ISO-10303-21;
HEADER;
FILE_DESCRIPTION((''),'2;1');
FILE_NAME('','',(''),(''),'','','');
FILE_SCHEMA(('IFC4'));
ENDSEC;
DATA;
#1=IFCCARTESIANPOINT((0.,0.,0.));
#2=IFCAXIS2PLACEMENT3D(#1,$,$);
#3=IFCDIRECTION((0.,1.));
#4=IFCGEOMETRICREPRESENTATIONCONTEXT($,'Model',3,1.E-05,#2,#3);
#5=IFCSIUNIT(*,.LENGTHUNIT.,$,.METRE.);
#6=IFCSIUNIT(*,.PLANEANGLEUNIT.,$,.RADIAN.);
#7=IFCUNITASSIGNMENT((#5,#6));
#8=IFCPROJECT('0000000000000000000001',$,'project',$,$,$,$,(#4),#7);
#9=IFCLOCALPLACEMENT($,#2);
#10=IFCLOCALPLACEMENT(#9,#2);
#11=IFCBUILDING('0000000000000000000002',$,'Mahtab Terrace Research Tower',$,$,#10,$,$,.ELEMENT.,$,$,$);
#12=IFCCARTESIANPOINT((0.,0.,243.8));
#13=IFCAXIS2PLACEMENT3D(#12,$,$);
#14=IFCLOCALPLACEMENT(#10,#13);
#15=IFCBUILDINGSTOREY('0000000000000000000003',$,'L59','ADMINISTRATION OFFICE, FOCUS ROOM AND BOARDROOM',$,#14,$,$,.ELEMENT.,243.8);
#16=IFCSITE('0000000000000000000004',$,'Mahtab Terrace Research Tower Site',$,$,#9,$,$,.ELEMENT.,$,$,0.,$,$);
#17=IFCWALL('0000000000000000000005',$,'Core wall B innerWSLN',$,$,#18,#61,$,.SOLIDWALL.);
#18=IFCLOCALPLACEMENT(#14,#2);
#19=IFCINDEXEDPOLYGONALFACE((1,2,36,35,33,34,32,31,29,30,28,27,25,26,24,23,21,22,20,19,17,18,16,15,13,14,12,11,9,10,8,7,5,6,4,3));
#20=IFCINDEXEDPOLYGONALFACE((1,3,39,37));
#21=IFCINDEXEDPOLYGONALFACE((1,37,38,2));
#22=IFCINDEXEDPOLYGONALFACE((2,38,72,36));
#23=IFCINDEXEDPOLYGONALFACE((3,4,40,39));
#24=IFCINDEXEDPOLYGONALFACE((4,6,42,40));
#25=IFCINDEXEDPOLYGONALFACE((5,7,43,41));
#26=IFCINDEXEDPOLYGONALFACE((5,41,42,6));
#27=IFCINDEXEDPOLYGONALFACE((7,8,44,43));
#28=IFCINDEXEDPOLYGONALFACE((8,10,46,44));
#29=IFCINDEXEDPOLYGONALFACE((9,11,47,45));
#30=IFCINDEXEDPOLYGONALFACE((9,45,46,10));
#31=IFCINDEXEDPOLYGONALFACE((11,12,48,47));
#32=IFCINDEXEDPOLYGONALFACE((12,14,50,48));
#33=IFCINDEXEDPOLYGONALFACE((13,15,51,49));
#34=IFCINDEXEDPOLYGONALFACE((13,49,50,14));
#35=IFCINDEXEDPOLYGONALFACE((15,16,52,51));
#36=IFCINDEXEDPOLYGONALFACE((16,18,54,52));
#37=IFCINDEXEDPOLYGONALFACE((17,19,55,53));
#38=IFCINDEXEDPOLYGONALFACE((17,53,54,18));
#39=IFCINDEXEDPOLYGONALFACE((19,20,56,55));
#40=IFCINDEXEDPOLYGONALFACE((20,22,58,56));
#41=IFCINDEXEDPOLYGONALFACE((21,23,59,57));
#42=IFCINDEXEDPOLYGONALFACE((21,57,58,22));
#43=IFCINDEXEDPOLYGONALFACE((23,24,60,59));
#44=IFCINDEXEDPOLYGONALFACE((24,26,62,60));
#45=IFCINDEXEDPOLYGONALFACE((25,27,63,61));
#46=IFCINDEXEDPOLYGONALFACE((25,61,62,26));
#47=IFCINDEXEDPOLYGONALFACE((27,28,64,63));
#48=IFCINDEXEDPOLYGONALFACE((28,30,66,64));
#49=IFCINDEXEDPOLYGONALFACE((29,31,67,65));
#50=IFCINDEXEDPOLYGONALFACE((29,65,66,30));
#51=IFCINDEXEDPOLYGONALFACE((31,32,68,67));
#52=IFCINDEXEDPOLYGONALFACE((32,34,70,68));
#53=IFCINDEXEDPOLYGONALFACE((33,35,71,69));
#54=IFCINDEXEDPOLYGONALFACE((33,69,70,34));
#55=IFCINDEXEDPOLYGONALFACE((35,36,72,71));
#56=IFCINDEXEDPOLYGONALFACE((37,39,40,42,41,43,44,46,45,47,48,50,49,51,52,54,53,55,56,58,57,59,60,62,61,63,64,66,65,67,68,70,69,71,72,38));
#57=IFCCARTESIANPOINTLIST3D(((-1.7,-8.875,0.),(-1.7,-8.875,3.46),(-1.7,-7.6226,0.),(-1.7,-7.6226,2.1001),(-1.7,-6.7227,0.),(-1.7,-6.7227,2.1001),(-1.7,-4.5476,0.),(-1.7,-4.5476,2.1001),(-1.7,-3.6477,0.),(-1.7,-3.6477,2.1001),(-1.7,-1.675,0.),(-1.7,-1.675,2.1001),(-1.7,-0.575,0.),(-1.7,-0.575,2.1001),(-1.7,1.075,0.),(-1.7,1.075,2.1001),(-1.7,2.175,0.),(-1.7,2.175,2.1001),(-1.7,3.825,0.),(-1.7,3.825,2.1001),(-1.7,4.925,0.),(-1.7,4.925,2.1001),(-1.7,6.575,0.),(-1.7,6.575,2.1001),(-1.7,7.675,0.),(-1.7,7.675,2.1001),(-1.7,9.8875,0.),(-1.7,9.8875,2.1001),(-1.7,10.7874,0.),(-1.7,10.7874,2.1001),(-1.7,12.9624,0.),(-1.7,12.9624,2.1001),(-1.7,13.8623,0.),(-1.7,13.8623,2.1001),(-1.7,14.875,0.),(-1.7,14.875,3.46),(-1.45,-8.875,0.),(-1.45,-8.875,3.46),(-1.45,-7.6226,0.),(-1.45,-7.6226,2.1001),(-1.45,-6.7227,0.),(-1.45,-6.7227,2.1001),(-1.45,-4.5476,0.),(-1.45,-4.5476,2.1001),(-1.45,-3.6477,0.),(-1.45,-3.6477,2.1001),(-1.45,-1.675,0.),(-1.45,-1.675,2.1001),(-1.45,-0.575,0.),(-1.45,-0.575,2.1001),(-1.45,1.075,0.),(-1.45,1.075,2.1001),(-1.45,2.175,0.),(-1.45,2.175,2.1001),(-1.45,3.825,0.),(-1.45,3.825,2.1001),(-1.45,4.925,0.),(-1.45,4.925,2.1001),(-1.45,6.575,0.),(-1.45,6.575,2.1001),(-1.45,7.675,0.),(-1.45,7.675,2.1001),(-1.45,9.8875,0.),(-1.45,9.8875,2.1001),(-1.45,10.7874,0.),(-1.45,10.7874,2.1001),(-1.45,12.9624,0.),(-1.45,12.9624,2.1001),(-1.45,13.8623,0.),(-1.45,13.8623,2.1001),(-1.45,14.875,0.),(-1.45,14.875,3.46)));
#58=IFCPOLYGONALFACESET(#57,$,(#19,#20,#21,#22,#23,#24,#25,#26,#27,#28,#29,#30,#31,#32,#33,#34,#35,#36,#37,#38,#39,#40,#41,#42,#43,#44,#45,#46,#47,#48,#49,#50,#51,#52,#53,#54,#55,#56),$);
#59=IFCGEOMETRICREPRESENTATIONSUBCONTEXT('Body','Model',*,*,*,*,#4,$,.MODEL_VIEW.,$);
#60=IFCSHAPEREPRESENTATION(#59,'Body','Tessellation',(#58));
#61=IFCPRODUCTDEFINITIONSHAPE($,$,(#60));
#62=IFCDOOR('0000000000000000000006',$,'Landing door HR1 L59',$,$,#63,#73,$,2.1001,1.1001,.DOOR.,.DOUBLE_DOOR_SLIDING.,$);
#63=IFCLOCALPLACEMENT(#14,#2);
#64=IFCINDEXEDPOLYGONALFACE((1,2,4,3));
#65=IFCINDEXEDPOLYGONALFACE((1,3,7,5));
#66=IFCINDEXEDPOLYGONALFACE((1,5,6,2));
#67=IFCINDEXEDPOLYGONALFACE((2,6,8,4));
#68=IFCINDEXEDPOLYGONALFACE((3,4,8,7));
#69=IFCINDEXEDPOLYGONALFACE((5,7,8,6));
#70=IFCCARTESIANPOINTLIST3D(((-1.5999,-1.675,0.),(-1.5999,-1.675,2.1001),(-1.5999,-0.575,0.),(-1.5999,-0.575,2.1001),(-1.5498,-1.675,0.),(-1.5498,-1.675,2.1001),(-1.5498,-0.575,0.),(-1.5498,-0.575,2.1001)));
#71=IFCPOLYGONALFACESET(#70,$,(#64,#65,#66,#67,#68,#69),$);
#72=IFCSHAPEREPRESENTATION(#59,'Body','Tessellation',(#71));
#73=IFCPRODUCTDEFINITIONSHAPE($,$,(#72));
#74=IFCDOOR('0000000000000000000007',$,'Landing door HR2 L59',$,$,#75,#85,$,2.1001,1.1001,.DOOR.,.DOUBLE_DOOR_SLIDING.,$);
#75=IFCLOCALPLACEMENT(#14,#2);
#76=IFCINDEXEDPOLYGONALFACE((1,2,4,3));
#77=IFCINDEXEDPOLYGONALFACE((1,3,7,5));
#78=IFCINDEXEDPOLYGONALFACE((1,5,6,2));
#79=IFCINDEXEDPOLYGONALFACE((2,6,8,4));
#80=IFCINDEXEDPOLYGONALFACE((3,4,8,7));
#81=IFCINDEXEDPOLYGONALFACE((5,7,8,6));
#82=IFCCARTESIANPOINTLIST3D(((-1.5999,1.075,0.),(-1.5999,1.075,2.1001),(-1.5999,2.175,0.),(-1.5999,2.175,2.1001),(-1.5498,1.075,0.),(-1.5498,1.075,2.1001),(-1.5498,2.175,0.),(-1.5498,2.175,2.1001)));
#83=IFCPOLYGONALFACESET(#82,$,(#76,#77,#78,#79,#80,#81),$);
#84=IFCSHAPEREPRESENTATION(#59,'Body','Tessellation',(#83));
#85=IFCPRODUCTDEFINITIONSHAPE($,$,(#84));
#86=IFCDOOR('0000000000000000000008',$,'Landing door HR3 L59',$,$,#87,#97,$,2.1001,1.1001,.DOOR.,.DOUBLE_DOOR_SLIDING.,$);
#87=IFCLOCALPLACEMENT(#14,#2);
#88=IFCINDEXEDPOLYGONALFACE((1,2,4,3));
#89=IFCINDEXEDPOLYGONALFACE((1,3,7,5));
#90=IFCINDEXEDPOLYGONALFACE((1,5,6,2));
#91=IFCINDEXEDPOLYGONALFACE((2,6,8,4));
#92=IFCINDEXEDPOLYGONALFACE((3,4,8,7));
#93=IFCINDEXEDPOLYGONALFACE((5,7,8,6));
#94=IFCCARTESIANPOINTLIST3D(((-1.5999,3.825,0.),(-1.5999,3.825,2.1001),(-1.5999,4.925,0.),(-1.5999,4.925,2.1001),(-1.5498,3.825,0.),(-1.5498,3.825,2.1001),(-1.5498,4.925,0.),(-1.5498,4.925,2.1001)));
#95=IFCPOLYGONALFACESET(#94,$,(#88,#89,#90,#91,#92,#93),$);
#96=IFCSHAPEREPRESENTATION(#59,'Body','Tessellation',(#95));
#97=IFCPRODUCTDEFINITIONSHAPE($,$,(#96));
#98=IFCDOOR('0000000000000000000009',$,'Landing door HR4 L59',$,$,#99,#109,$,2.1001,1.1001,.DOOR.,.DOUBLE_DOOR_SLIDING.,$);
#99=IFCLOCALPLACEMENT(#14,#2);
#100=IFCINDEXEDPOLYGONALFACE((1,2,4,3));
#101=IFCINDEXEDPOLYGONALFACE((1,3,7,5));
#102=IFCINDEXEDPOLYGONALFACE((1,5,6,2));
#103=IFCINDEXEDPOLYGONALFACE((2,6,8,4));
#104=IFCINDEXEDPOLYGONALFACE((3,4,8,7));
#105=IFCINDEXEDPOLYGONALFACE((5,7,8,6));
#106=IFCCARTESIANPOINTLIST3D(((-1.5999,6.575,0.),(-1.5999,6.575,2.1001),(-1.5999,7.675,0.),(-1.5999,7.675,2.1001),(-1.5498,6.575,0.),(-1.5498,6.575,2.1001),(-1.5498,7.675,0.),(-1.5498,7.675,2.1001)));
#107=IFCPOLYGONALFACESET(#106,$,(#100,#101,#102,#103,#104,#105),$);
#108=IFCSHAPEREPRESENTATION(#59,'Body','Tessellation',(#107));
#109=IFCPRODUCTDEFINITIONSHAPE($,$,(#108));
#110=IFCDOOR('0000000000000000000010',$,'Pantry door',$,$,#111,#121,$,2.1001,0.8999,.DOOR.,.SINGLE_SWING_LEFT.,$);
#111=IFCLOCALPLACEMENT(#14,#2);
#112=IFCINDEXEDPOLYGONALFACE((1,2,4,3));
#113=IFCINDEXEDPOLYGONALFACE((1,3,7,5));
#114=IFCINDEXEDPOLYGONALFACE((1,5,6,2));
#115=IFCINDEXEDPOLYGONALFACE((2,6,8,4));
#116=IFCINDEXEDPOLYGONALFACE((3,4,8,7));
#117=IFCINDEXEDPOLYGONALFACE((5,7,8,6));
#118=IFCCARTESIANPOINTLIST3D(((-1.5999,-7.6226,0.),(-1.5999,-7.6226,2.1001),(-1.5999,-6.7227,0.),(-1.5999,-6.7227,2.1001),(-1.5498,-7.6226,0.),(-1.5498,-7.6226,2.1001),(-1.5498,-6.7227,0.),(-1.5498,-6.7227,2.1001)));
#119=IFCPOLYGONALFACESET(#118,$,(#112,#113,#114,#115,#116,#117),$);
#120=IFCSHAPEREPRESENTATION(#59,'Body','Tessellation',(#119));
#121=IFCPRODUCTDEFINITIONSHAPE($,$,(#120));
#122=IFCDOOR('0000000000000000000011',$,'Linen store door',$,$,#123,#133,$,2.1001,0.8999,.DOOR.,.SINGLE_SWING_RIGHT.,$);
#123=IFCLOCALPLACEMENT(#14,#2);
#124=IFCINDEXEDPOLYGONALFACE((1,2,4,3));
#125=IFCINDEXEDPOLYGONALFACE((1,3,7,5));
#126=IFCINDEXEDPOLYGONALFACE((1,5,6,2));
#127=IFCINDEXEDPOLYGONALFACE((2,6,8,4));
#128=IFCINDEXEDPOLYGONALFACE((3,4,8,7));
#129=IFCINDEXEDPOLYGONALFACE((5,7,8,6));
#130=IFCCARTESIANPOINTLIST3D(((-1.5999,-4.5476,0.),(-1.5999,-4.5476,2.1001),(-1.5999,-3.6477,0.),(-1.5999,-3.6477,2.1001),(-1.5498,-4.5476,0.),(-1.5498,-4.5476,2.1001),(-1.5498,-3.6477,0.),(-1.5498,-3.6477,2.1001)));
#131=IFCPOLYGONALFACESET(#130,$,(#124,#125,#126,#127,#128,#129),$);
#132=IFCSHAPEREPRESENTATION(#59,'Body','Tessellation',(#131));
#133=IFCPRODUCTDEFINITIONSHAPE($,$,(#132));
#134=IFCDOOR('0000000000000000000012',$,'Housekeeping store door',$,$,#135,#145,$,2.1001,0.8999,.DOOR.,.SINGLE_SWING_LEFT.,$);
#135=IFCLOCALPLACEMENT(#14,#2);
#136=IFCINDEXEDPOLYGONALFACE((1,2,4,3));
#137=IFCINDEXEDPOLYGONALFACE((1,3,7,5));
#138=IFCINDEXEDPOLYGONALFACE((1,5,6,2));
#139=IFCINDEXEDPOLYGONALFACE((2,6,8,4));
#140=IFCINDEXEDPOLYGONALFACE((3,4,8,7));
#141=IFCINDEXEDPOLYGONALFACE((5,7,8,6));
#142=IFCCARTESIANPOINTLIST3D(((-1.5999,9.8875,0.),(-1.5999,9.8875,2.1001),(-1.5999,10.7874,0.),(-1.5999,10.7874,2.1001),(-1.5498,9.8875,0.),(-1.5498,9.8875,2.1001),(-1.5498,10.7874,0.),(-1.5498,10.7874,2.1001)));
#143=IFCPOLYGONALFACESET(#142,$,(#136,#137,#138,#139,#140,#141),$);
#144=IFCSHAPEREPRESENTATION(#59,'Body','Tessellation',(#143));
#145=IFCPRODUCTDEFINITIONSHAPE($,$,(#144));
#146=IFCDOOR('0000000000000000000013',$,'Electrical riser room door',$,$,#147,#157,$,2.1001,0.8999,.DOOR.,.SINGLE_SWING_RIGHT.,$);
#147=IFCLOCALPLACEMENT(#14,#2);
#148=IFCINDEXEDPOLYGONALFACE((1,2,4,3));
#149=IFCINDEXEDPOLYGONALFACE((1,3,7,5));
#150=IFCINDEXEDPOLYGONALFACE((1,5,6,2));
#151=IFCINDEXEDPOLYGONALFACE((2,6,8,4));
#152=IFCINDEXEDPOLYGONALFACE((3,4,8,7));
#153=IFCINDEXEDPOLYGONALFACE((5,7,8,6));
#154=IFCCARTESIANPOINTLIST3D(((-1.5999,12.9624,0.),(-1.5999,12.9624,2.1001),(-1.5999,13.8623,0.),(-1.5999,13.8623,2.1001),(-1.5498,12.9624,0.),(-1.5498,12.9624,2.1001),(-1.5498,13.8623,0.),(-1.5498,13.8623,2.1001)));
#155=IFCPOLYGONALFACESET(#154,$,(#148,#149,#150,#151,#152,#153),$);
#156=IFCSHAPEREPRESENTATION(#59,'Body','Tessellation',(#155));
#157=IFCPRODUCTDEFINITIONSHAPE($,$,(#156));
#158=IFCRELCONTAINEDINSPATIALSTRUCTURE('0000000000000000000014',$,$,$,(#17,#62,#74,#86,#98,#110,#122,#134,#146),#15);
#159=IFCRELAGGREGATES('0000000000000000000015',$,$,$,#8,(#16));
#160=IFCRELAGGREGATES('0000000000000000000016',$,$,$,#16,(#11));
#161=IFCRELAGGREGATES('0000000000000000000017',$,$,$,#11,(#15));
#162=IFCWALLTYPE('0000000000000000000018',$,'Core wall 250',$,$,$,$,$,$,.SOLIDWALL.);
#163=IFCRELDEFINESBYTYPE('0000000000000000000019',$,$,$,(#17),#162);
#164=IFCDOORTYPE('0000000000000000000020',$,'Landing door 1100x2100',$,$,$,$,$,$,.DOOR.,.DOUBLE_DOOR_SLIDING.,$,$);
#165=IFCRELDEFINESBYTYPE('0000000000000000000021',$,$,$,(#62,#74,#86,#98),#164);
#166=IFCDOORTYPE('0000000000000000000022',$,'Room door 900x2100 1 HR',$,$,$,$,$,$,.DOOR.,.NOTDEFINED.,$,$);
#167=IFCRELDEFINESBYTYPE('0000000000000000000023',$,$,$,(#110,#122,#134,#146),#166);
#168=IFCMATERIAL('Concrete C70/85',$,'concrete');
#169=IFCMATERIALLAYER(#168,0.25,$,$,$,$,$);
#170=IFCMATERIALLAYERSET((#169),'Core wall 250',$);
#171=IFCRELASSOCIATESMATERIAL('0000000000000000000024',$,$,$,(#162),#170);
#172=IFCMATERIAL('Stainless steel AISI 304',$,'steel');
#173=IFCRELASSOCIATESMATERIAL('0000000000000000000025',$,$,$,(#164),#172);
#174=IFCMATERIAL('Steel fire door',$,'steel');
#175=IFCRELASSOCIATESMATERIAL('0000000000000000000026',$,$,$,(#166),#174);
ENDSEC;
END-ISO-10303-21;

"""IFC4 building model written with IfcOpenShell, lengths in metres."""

from ifc_helpers import new_model, si_unit, direction, frame, frame_2d, origin, place, context, subcontext, project, spatial, rectangle, extrude, material, layer, layer_set, type_object, element, fill, save


model = new_model("IFC4")

# Units and contexts
model_context = context("Model", 3, precision=1e-05, world=origin(), true_north=direction((0.0, 1.0)))
body_context = subcontext(model_context, "Body", "Model", "MODEL_VIEW")
ifc_project = project(units=[si_unit("LENGTHUNIT", "METRE"), si_unit("PLANEANGLEUNIT", "RADIAN")], contexts=[model_context])

# Site, building, storey
site_placement = place(None, origin())
site = spatial("IfcSite", under=ifc_project, at=site_placement, Name="Mahtab Terrace Research Tower Site", CompositionType="ELEMENT", RefElevation=0.0)
building_placement = place(site_placement, origin())
building = spatial("IfcBuilding", under=site, at=building_placement, Name="Mahtab Terrace Research Tower", CompositionType="ELEMENT")
storey_placement = place(building_placement, frame((0.0, 0.0, 243.8)))
storey = spatial("IfcBuildingStorey", under=building, at=storey_placement, Name="L59", Description="ADMINISTRATION OFFICE, FOCUS ROOM AND BOARDROOM", CompositionType="ELEMENT", Elevation=243.8)

# Shared definitions
ifc_material_1 = material(Name="Concrete C70/85", Category="concrete")

# Wall, openings, doors
ifc_layer_1 = layer(ifc_material_1, 0.25)
ifc_layer_set_1 = layer_set([ifc_layer_1], Name="Core wall 250")
wall_type_1 = type_object("IfcWallType", Name="Core wall 250", PredefinedType="SOLIDWALL", material=ifc_layer_set_1)
wall_1_placement = place(storey_placement, frame((-1.575, -8.875, 0.0), z_axis=(0.0, 0.0, 1.0), x_axis=(0.0, 1.0, 0.0)))
wall_1 = element("IfcWall", 1, at=wall_1_placement, inside=storey, type_object=wall_type_1, Name="Core wall B innerWSLN", PredefinedType="SOLIDWALL", context=body_context, shape_type="SweptSolid", body=[
    extrude(rectangle(XDim=23.75, YDim=0.25, at=frame_2d((11.875, 0.0))), origin(), (0.0, 0.0, 1.0), 3.46),
])
opening_1_placement = place(wall_1_placement, frame((7.2, 0.0, 0.0)))
opening_1 = element("IfcOpeningElement", 2, at=opening_1_placement, cuts=wall_1, PredefinedType="OPENING", context=body_context, shape_type="SweptSolid", body=[
    extrude(rectangle(XDim=1.1001, YDim=2.1001, at=frame_2d((0.55, 1.05))), frame((0.0, 0.135, 0.0), z_axis=(0.0, -1.0, 0.0), x_axis=(1.0, 0.0, 0.0)), (0.0, 0.0, 1.0), 0.27),
])
opening_2_placement = place(wall_1_placement, frame((9.95, 0.0, 0.0)))
opening_2 = element("IfcOpeningElement", 3, at=opening_2_placement, cuts=wall_1, PredefinedType="OPENING", context=body_context, shape_type="SweptSolid", body=[
    extrude(rectangle(XDim=1.1001, YDim=2.1001, at=frame_2d((0.55, 1.05))), frame((0.0, 0.135, 0.0), z_axis=(0.0, -1.0, 0.0), x_axis=(1.0, 0.0, 0.0)), (0.0, 0.0, 1.0), 0.27),
])
opening_3_placement = place(wall_1_placement, frame((12.7, 0.0, 0.0)))
opening_3 = element("IfcOpeningElement", 4, at=opening_3_placement, cuts=wall_1, PredefinedType="OPENING", context=body_context, shape_type="SweptSolid", body=[
    extrude(rectangle(XDim=1.1001, YDim=2.1001, at=frame_2d((0.55, 1.05))), frame((0.0, 0.135, 0.0), z_axis=(0.0, -1.0, 0.0), x_axis=(1.0, 0.0, 0.0)), (0.0, 0.0, 1.0), 0.27),
])
opening_4_placement = place(wall_1_placement, frame((15.45, 0.0, 0.0)))
opening_4 = element("IfcOpeningElement", 5, at=opening_4_placement, cuts=wall_1, PredefinedType="OPENING", context=body_context, shape_type="SweptSolid", body=[
    extrude(rectangle(XDim=1.1001, YDim=2.1001, at=frame_2d((0.55, 1.05))), frame((0.0, 0.135, 0.0), z_axis=(0.0, -1.0, 0.0), x_axis=(1.0, 0.0, 0.0)), (0.0, 0.0, 1.0), 0.27),
])
opening_5_placement = place(wall_1_placement, frame((1.2524, 0.0, 0.0)))
opening_5 = element("IfcOpeningElement", 6, at=opening_5_placement, cuts=wall_1, PredefinedType="OPENING", context=body_context, shape_type="SweptSolid", body=[
    extrude(rectangle(XDim=0.8999, YDim=2.1001, at=frame_2d((0.45, 1.05))), frame((0.0, 0.135, 0.0), z_axis=(0.0, -1.0, 0.0), x_axis=(1.0, 0.0, 0.0)), (0.0, 0.0, 1.0), 0.27),
])
opening_6_placement = place(wall_1_placement, frame((4.3274, 0.0, 0.0)))
opening_6 = element("IfcOpeningElement", 7, at=opening_6_placement, cuts=wall_1, PredefinedType="OPENING", context=body_context, shape_type="SweptSolid", body=[
    extrude(rectangle(XDim=0.8999, YDim=2.1001, at=frame_2d((0.45, 1.05))), frame((0.0, 0.135, 0.0), z_axis=(0.0, -1.0, 0.0), x_axis=(1.0, 0.0, 0.0)), (0.0, 0.0, 1.0), 0.27),
])
opening_7_placement = place(wall_1_placement, frame((18.7625, 0.0, 0.0)))
opening_7 = element("IfcOpeningElement", 8, at=opening_7_placement, cuts=wall_1, PredefinedType="OPENING", context=body_context, shape_type="SweptSolid", body=[
    extrude(rectangle(XDim=0.8999, YDim=2.1001, at=frame_2d((0.45, 1.05))), frame((0.0, 0.135, 0.0), z_axis=(0.0, -1.0, 0.0), x_axis=(1.0, 0.0, 0.0)), (0.0, 0.0, 1.0), 0.27),
])
opening_8_placement = place(wall_1_placement, frame((21.8374, 0.0, 0.0)))
opening_8 = element("IfcOpeningElement", 9, at=opening_8_placement, cuts=wall_1, PredefinedType="OPENING", context=body_context, shape_type="SweptSolid", body=[
    extrude(rectangle(XDim=0.8999, YDim=2.1001, at=frame_2d((0.45, 1.05))), frame((0.0, 0.135, 0.0), z_axis=(0.0, -1.0, 0.0), x_axis=(1.0, 0.0, 0.0)), (0.0, 0.0, 1.0), 0.27),
])
ifc_material_2 = material(Name="Stainless steel AISI 304", Category="steel")
door_type_1 = type_object("IfcDoorType", Name="Landing door 1100x2100", OperationType="DOUBLE_DOOR_SLIDING", PredefinedType="DOOR", material=ifc_material_2)
door_1_placement = place(opening_1_placement, origin())
door_1 = element("IfcDoor", 10, at=door_1_placement, inside=storey, type_object=door_type_1, Name="Landing door HR1 L59", OperationType="DOUBLE_DOOR_SLIDING", OverallHeight=2.1001, OverallWidth=1.1001, PredefinedType="DOOR", context=body_context, shape_type="SweptSolid", body=[
    extrude(rectangle(XDim=1.1001, YDim=2.1001, at=frame_2d((0.55, 1.05))), frame((0.0, 0.0249, 0.0), z_axis=(0.0, -1.0, 0.0), x_axis=(1.0, 0.0, 0.0)), (0.0, 0.0, 1.0), 0.05),
])
fill(opening_1, door_1)
door_2_placement = place(opening_2_placement, origin())
door_2 = element("IfcDoor", 11, at=door_2_placement, inside=storey, type_object=door_type_1, Name="Landing door HR2 L59", OperationType="DOUBLE_DOOR_SLIDING", OverallHeight=2.1001, OverallWidth=1.1001, PredefinedType="DOOR", context=body_context, shape_type="SweptSolid", body=[
    extrude(rectangle(XDim=1.1001, YDim=2.1001, at=frame_2d((0.55, 1.05))), frame((0.0, 0.0249, 0.0), z_axis=(0.0, -1.0, 0.0), x_axis=(1.0, 0.0, 0.0)), (0.0, 0.0, 1.0), 0.05),
])
fill(opening_2, door_2)
door_3_placement = place(opening_3_placement, origin())
door_3 = element("IfcDoor", 12, at=door_3_placement, inside=storey, type_object=door_type_1, Name="Landing door HR3 L59", OperationType="DOUBLE_DOOR_SLIDING", OverallHeight=2.1001, OverallWidth=1.1001, PredefinedType="DOOR", context=body_context, shape_type="SweptSolid", body=[
    extrude(rectangle(XDim=1.1001, YDim=2.1001, at=frame_2d((0.55, 1.05))), frame((0.0, 0.0249, 0.0), z_axis=(0.0, -1.0, 0.0), x_axis=(1.0, 0.0, 0.0)), (0.0, 0.0, 1.0), 0.05),
])
fill(opening_3, door_3)
door_4_placement = place(opening_4_placement, origin())
door_4 = element("IfcDoor", 13, at=door_4_placement, inside=storey, type_object=door_type_1, Name="Landing door HR4 L59", OperationType="DOUBLE_DOOR_SLIDING", OverallHeight=2.1001, OverallWidth=1.1001, PredefinedType="DOOR", context=body_context, shape_type="SweptSolid", body=[
    extrude(rectangle(XDim=1.1001, YDim=2.1001, at=frame_2d((0.55, 1.05))), frame((0.0, 0.0249, 0.0), z_axis=(0.0, -1.0, 0.0), x_axis=(1.0, 0.0, 0.0)), (0.0, 0.0, 1.0), 0.05),
])
fill(opening_4, door_4)
ifc_material_3 = material(Name="Steel fire door", Category="steel")
door_type_2 = type_object("IfcDoorType", Name="Room door 900x2100 1 HR", OperationType="NOTDEFINED", PredefinedType="DOOR", material=ifc_material_3)
door_5_placement = place(opening_5_placement, origin())
door_5 = element("IfcDoor", 14, at=door_5_placement, inside=storey, type_object=door_type_2, Name="Pantry door", OperationType="SINGLE_SWING_LEFT", OverallHeight=2.1001, OverallWidth=0.8999, PredefinedType="DOOR", context=body_context, shape_type="SweptSolid", body=[
    extrude(rectangle(XDim=0.8999, YDim=2.1001, at=frame_2d((0.45, 1.05))), frame((0.0, 0.0249, 0.0), z_axis=(0.0, -1.0, 0.0), x_axis=(1.0, 0.0, 0.0)), (0.0, 0.0, 1.0), 0.05),
])
fill(opening_5, door_5)
door_6_placement = place(opening_6_placement, origin())
door_6 = element("IfcDoor", 15, at=door_6_placement, inside=storey, type_object=door_type_2, Name="Linen store door", OperationType="SINGLE_SWING_RIGHT", OverallHeight=2.1001, OverallWidth=0.8999, PredefinedType="DOOR", context=body_context, shape_type="SweptSolid", body=[
    extrude(rectangle(XDim=0.8999, YDim=2.1001, at=frame_2d((0.45, 1.05))), frame((0.0, 0.0249, 0.0), z_axis=(0.0, -1.0, 0.0), x_axis=(1.0, 0.0, 0.0)), (0.0, 0.0, 1.0), 0.05),
])
fill(opening_6, door_6)
door_7_placement = place(opening_7_placement, origin())
door_7 = element("IfcDoor", 16, at=door_7_placement, inside=storey, type_object=door_type_2, Name="Housekeeping store door", OperationType="SINGLE_SWING_LEFT", OverallHeight=2.1001, OverallWidth=0.8999, PredefinedType="DOOR", context=body_context, shape_type="SweptSolid", body=[
    extrude(rectangle(XDim=0.8999, YDim=2.1001, at=frame_2d((0.45, 1.05))), frame((0.0, 0.0249, 0.0), z_axis=(0.0, -1.0, 0.0), x_axis=(1.0, 0.0, 0.0)), (0.0, 0.0, 1.0), 0.05),
])
fill(opening_7, door_7)
door_8_placement = place(opening_8_placement, origin())
door_8 = element("IfcDoor", 17, at=door_8_placement, inside=storey, type_object=door_type_2, Name="Electrical riser room door", OperationType="SINGLE_SWING_RIGHT", OverallHeight=2.1001, OverallWidth=0.8999, PredefinedType="DOOR", context=body_context, shape_type="SweptSolid", body=[
    extrude(rectangle(XDim=0.8999, YDim=2.1001, at=frame_2d((0.45, 1.05))), frame((0.0, 0.0249, 0.0), z_axis=(0.0, -1.0, 0.0), x_axis=(1.0, 0.0, 0.0)), (0.0, 0.0, 1.0), 0.05),
])
fill(opening_8, door_8)

save(model, "model.ifc")
